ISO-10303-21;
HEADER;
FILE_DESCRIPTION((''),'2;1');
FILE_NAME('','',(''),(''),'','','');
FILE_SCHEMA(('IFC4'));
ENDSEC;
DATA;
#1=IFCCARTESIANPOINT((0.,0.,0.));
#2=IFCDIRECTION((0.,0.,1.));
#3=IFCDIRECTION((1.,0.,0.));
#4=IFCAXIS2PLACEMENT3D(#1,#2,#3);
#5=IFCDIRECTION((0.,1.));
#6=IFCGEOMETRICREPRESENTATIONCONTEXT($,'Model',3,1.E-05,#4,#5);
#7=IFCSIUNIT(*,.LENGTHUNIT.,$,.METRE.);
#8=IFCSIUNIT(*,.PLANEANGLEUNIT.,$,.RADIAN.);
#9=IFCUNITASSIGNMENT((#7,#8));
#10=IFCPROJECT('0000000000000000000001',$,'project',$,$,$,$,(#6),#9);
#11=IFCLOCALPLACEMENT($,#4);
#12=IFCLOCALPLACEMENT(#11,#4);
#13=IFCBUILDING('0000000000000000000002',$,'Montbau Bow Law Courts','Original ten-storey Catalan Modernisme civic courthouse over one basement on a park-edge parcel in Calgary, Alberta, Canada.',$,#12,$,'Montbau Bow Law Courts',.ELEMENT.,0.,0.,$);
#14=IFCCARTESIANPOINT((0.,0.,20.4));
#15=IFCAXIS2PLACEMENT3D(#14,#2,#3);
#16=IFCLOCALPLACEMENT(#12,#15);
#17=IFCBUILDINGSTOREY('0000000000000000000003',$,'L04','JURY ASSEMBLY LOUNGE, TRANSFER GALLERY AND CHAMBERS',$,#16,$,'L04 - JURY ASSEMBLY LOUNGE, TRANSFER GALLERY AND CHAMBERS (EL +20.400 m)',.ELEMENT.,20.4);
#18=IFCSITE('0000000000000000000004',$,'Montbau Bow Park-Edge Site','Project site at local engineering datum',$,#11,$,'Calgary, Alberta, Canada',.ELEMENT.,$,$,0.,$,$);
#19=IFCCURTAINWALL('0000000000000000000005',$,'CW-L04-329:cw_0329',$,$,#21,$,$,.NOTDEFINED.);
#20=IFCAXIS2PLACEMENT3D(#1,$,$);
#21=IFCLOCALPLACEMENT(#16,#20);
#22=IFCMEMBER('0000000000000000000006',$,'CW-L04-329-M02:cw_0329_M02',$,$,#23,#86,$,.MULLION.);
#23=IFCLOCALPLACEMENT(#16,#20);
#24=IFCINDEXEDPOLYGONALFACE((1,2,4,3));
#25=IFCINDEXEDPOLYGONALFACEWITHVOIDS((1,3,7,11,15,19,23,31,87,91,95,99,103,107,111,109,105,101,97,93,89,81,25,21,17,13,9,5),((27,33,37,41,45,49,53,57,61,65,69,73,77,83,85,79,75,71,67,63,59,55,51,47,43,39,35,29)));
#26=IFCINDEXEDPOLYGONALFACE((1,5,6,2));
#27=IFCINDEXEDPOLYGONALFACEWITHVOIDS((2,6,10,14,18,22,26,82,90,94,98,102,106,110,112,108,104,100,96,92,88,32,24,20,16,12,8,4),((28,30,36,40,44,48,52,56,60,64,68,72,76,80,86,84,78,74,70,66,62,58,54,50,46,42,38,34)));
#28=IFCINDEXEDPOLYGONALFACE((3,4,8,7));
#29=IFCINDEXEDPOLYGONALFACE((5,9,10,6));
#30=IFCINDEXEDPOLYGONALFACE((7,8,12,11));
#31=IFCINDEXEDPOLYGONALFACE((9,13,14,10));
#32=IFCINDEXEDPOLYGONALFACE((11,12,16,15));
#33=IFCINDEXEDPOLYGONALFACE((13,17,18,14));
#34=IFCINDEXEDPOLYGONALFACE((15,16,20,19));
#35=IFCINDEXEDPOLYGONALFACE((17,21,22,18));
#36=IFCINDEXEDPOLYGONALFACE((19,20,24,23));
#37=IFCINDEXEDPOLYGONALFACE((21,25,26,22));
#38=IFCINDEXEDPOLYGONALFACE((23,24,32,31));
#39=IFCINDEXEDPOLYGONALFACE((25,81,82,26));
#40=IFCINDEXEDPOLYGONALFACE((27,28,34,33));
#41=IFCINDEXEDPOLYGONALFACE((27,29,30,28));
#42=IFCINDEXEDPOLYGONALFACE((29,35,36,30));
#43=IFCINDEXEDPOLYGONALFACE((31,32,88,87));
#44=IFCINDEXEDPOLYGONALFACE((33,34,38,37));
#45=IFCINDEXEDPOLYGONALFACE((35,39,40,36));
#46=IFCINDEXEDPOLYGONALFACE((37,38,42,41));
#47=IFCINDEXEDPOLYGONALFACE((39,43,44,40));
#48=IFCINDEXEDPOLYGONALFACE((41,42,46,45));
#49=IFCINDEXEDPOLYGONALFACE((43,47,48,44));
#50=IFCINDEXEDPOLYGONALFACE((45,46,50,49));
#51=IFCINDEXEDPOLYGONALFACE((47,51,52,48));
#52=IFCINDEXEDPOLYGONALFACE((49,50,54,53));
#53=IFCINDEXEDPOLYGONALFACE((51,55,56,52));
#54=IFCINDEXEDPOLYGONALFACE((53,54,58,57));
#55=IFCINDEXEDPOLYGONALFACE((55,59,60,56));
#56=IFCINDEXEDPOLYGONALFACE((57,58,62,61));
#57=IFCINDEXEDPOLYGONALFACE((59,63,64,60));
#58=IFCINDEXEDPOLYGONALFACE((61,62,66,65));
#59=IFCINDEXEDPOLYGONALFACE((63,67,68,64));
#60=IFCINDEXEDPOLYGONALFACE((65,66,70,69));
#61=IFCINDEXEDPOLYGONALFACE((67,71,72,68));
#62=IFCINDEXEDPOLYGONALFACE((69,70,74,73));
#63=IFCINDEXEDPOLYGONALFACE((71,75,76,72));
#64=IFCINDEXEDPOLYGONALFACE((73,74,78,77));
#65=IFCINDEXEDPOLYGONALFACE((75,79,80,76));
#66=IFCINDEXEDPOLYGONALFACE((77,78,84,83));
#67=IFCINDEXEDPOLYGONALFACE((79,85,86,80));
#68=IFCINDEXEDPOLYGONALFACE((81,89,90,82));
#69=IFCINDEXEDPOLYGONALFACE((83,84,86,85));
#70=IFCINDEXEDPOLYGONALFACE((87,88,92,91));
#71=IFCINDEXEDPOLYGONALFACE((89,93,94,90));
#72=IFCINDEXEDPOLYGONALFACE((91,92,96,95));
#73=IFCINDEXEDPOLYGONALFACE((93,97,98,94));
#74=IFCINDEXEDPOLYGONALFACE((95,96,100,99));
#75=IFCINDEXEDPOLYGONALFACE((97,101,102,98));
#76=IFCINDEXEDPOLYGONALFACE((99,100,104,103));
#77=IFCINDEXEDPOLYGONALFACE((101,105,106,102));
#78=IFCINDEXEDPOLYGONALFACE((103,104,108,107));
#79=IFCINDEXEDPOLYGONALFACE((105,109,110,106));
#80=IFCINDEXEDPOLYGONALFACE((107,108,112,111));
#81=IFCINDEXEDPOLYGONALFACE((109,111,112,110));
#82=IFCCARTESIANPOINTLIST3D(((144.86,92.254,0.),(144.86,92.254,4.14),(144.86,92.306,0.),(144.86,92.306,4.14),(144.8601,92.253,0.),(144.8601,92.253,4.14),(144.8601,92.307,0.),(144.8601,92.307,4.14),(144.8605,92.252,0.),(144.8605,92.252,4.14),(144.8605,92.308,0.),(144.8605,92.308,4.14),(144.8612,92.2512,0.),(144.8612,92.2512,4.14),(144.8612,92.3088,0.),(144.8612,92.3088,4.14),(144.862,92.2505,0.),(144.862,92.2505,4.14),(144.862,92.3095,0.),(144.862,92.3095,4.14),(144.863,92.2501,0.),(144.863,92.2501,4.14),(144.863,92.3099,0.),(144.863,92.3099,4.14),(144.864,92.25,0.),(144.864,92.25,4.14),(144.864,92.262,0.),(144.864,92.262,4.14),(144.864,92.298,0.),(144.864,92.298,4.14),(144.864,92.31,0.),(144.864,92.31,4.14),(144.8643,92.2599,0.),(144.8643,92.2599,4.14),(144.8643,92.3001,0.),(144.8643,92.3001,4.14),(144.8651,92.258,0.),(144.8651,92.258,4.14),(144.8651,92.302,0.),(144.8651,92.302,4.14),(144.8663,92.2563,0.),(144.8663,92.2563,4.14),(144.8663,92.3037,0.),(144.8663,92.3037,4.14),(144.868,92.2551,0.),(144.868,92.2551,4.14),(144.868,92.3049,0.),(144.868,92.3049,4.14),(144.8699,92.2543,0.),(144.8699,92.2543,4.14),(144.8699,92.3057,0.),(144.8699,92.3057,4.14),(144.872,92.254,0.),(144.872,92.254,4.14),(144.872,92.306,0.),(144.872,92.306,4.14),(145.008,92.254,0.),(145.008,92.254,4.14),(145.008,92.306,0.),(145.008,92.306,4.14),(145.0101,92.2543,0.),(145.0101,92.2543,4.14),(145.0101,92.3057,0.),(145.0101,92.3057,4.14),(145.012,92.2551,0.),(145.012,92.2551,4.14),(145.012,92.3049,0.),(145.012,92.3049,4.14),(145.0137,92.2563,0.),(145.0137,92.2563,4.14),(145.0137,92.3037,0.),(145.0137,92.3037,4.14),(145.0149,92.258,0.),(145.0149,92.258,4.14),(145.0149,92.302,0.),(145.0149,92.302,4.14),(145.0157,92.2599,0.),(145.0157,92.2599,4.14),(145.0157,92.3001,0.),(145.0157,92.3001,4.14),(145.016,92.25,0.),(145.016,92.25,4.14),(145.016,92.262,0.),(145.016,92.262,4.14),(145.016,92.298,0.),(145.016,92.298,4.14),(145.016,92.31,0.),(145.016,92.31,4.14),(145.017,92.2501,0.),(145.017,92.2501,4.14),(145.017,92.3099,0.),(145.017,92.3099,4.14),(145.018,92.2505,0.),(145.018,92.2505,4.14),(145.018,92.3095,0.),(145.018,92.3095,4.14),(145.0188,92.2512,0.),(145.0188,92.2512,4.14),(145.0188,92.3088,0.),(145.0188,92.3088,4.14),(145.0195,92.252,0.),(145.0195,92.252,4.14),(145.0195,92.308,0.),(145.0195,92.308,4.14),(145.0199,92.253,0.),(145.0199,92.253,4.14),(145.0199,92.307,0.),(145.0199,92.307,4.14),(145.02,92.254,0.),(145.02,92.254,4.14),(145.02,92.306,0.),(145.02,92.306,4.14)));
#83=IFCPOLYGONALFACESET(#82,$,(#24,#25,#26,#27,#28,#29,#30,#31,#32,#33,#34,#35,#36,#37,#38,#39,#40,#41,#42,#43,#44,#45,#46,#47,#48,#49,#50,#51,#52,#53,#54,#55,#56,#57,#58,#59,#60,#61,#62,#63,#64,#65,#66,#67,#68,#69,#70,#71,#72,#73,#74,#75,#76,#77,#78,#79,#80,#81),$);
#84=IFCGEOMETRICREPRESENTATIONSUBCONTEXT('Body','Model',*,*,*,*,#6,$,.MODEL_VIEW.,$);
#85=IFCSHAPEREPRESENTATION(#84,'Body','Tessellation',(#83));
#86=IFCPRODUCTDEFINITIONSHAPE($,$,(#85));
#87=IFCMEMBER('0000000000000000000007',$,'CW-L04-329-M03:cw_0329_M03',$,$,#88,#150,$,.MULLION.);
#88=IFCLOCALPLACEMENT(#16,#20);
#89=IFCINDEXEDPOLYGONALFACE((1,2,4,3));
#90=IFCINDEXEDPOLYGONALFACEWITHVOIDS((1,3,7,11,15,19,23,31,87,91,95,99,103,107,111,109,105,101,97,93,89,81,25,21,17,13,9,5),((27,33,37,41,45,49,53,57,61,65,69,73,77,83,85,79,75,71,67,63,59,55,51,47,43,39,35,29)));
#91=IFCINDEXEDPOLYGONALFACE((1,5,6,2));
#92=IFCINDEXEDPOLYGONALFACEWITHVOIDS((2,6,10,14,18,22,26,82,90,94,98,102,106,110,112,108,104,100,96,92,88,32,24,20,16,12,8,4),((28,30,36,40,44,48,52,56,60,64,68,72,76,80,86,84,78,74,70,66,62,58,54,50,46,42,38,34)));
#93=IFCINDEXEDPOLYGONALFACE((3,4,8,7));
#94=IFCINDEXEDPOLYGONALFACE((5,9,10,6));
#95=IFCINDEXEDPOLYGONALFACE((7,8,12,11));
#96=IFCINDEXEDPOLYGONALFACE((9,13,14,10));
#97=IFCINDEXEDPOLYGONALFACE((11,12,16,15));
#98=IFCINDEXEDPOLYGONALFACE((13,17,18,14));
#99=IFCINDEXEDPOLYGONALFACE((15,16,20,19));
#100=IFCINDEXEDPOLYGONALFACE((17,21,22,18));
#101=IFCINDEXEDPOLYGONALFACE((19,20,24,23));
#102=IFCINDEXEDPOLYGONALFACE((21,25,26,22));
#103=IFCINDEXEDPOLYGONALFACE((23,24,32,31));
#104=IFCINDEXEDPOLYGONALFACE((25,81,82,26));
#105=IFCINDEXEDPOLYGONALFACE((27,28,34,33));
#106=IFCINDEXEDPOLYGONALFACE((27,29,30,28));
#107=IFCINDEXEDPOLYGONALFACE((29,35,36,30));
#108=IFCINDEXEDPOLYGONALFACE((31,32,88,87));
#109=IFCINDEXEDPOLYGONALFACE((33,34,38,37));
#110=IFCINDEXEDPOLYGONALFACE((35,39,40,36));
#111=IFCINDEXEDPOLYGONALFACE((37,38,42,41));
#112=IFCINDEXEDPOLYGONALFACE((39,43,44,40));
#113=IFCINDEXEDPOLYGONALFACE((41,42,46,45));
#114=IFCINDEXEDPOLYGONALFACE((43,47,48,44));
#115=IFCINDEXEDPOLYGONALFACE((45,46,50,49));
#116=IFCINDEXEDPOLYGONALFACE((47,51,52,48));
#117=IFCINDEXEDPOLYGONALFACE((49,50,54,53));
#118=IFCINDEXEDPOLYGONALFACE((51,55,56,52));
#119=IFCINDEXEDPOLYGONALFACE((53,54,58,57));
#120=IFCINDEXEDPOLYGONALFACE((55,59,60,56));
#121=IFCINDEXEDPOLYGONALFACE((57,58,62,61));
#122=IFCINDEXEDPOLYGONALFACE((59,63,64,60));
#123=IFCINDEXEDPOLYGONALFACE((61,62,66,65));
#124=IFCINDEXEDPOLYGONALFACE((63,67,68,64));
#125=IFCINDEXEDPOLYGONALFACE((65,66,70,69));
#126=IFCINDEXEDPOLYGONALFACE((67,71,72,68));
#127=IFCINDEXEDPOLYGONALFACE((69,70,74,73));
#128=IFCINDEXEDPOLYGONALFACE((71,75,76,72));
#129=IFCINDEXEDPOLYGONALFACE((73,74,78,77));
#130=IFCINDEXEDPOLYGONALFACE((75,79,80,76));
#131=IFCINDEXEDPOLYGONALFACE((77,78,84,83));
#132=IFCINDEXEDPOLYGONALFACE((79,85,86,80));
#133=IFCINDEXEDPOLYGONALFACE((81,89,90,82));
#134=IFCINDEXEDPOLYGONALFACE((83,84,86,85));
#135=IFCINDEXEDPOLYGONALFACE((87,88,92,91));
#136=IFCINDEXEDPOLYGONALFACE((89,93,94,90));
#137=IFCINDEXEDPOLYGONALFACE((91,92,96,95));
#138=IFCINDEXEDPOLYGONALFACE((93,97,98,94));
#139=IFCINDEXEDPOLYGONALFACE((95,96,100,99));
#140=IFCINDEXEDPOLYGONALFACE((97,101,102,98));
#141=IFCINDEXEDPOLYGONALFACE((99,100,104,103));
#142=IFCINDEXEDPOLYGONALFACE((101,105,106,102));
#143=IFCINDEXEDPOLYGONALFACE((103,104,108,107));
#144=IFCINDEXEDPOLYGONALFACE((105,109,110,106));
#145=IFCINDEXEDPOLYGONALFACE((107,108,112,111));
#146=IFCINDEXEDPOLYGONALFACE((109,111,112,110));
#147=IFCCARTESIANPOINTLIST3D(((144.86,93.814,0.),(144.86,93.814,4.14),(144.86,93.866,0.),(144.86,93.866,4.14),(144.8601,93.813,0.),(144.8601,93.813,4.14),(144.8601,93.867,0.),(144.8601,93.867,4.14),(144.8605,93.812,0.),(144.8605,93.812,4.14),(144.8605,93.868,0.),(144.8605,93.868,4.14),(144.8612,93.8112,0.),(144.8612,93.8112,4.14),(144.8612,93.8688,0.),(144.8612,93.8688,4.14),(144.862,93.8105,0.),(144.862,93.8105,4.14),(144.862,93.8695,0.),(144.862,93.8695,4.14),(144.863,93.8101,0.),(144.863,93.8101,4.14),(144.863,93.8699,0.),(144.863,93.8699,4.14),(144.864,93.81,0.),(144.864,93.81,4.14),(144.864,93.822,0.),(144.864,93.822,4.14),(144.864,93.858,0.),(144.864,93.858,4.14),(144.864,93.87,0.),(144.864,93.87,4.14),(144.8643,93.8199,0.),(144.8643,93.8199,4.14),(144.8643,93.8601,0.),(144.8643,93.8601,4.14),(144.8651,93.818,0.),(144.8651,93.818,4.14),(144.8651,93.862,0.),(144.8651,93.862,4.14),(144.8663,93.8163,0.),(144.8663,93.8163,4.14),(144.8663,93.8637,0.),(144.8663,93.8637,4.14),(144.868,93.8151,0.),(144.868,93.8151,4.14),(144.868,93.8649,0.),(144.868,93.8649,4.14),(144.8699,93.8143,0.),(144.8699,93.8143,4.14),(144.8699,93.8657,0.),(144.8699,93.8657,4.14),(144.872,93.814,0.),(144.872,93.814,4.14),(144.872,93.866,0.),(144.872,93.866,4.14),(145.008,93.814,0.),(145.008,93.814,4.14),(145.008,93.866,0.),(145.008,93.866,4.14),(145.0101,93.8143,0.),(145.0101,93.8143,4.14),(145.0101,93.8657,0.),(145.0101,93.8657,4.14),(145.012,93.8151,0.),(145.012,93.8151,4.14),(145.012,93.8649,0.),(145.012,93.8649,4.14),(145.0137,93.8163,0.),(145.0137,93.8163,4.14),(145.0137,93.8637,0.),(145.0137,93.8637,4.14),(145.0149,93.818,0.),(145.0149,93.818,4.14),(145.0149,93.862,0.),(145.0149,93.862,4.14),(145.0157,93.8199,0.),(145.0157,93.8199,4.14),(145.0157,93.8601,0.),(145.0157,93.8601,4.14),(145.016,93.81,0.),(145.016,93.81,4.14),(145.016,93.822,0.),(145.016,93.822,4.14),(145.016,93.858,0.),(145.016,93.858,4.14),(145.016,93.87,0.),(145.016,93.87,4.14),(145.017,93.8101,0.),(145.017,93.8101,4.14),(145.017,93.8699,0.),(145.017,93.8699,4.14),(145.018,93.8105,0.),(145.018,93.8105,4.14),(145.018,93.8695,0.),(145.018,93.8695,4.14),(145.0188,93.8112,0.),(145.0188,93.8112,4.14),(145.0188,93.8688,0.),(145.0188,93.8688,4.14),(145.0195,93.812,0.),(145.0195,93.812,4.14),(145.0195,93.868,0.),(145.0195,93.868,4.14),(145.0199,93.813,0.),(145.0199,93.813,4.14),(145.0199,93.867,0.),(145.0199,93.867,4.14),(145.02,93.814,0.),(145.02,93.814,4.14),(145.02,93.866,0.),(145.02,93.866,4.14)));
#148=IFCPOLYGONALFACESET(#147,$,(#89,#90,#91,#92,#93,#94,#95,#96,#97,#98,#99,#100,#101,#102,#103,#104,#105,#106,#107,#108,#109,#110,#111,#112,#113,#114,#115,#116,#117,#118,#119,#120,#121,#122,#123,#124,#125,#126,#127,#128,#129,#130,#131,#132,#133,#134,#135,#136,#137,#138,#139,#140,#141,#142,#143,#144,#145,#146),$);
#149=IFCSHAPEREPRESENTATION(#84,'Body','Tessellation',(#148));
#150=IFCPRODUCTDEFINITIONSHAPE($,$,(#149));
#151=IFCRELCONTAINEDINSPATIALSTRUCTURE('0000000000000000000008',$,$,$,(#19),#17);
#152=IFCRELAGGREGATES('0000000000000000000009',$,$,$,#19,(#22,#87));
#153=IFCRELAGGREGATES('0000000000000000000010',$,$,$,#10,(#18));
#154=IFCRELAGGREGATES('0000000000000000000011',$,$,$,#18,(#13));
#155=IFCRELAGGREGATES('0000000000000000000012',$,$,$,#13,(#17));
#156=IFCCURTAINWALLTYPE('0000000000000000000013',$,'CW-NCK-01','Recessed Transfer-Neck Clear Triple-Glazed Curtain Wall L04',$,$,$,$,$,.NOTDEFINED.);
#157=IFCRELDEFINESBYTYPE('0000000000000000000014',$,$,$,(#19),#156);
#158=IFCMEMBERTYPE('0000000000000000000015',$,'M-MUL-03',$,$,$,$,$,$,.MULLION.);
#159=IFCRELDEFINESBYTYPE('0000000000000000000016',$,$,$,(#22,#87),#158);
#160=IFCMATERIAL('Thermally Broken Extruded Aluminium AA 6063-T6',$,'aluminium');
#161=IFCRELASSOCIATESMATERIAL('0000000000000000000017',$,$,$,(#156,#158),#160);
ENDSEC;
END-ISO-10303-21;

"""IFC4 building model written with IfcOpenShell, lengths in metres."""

from ifc_helpers import new_model, si_unit, direction, frame, origin_with_axes, origin_2d_with_axis, place, context, subcontext, project, spatial, hollow_rectangle, extrude, material, material_profile, profile_set, type_object, element, aggregate, save


model = new_model("IFC4")

# Units and contexts
model_context = context("Model", 3, precision=1e-05, world=origin_with_axes(), true_north=direction((0.0, 1.0)))
body_context = subcontext(model_context, "Body", "Model", "MODEL_VIEW")
ifc_project = project(units=[si_unit("LENGTHUNIT", "METRE"), si_unit("PLANEANGLEUNIT", "RADIAN")], contexts=[model_context])

# Site, building, storey
site_placement = place(None, origin_with_axes())
site = spatial("IfcSite", under=ifc_project, at=site_placement, Name="Montbau Bow Park-Edge Site", Description="Project site at local engineering datum", LongName="Calgary, Alberta, Canada", CompositionType="ELEMENT", RefElevation=0.0)
building_placement = place(site_placement, origin_with_axes())
building = spatial("IfcBuilding", under=site, at=building_placement, Name="Montbau Bow Law Courts", Description="Original ten-storey Catalan Modernisme civic courthouse over one basement on a park-edge parcel in Calgary, Alberta, Canada.", LongName="Montbau Bow Law Courts", CompositionType="ELEMENT", ElevationOfRefHeight=0.0, ElevationOfTerrain=0.0)
storey_placement = place(building_placement, frame((0.0, 0.0, 20.4), z_axis=(0.0, 0.0, 1.0), x_axis=(1.0, 0.0, 0.0)))
storey = spatial("IfcBuildingStorey", under=building, at=storey_placement, Name="L04", Description="JURY ASSEMBLY LOUNGE, TRANSFER GALLERY AND CHAMBERS", LongName="L04 - JURY ASSEMBLY LOUNGE, TRANSFER GALLERY AND CHAMBERS (EL +20.400 m)", CompositionType="ELEMENT", Elevation=20.4)

# Shared definitions
ifc_material_1 = material(Name="Thermally Broken Extruded Aluminium AA 6063-T6", Category="aluminium")
curtain_wall_type = type_object("IfcCurtainWallType", Name="CW-NCK-01", Description="Recessed Transfer-Neck Clear Triple-Glazed Curtain Wall L04", PredefinedType="NOTDEFINED", material=ifc_material_1)

# Curtain wall, members
curtain_wall_1_placement = place(None, frame((144.94, 90.72, 20.4), z_axis=(0.0, 0.0, 1.0), x_axis=(1.0, 0.0, 0.0)))
curtain_wall_1 = element("IfcCurtainWall", 1, at=curtain_wall_1_placement, inside=storey, type_object=curtain_wall_type, Name="CW-L04-329:cw_0329", PredefinedType="NOTDEFINED")
ifc_material_profile_1 = material_profile(ifc_material_1, hollow_rectangle(XDim=0.06, YDim=0.16, WallThickness=0.004, InnerFilletRadius=0.008, OuterFilletRadius=0.004, at=origin_2d_with_axis()), Name="CWM-160X60", Category="Main", Priority=0)
ifc_profile_set_1 = profile_set([ifc_material_profile_1], Name="Thermally Broken Extruded Aluminium AA 6063-T6")
member_type_1 = type_object("IfcMemberType", Name="M-MUL-03", PredefinedType="MULLION", material=ifc_profile_set_1)
member_1_placement = place(None, frame((144.94, 92.28, 20.4), z_axis=(0.0, 0.0, 1.0), x_axis=(0.0, 1.0, 0.0)))
member_1 = element("IfcMember", 2, at=member_1_placement, type_object=member_type_1, Name="CW-L04-329-M02:cw_0329_M02", PredefinedType="MULLION", context=body_context, shape_type="SweptSolid", body=[
    extrude(hollow_rectangle(XDim=0.06, YDim=0.16, WallThickness=0.004, InnerFilletRadius=0.008, OuterFilletRadius=0.004, at=origin_2d_with_axis()), origin_with_axes(), (0.0, 0.0, 1.0), 4.14),
])
member_2_placement = place(None, frame((144.94, 93.84, 20.4), z_axis=(0.0, 0.0, 1.0), x_axis=(0.0, 1.0, 0.0)))
member_2 = element("IfcMember", 3, at=member_2_placement, type_object=member_type_1, Name="CW-L04-329-M03:cw_0329_M03", PredefinedType="MULLION", context=body_context, shape_type="SweptSolid", body=[
    extrude(hollow_rectangle(XDim=0.06, YDim=0.16, WallThickness=0.004, InnerFilletRadius=0.008, OuterFilletRadius=0.004, at=origin_2d_with_axis()), origin_with_axes(), (0.0, 0.0, 1.0), 4.14),
])

aggregate(curtain_wall_1, [member_1, member_2])

save(model, "model.ifc")
